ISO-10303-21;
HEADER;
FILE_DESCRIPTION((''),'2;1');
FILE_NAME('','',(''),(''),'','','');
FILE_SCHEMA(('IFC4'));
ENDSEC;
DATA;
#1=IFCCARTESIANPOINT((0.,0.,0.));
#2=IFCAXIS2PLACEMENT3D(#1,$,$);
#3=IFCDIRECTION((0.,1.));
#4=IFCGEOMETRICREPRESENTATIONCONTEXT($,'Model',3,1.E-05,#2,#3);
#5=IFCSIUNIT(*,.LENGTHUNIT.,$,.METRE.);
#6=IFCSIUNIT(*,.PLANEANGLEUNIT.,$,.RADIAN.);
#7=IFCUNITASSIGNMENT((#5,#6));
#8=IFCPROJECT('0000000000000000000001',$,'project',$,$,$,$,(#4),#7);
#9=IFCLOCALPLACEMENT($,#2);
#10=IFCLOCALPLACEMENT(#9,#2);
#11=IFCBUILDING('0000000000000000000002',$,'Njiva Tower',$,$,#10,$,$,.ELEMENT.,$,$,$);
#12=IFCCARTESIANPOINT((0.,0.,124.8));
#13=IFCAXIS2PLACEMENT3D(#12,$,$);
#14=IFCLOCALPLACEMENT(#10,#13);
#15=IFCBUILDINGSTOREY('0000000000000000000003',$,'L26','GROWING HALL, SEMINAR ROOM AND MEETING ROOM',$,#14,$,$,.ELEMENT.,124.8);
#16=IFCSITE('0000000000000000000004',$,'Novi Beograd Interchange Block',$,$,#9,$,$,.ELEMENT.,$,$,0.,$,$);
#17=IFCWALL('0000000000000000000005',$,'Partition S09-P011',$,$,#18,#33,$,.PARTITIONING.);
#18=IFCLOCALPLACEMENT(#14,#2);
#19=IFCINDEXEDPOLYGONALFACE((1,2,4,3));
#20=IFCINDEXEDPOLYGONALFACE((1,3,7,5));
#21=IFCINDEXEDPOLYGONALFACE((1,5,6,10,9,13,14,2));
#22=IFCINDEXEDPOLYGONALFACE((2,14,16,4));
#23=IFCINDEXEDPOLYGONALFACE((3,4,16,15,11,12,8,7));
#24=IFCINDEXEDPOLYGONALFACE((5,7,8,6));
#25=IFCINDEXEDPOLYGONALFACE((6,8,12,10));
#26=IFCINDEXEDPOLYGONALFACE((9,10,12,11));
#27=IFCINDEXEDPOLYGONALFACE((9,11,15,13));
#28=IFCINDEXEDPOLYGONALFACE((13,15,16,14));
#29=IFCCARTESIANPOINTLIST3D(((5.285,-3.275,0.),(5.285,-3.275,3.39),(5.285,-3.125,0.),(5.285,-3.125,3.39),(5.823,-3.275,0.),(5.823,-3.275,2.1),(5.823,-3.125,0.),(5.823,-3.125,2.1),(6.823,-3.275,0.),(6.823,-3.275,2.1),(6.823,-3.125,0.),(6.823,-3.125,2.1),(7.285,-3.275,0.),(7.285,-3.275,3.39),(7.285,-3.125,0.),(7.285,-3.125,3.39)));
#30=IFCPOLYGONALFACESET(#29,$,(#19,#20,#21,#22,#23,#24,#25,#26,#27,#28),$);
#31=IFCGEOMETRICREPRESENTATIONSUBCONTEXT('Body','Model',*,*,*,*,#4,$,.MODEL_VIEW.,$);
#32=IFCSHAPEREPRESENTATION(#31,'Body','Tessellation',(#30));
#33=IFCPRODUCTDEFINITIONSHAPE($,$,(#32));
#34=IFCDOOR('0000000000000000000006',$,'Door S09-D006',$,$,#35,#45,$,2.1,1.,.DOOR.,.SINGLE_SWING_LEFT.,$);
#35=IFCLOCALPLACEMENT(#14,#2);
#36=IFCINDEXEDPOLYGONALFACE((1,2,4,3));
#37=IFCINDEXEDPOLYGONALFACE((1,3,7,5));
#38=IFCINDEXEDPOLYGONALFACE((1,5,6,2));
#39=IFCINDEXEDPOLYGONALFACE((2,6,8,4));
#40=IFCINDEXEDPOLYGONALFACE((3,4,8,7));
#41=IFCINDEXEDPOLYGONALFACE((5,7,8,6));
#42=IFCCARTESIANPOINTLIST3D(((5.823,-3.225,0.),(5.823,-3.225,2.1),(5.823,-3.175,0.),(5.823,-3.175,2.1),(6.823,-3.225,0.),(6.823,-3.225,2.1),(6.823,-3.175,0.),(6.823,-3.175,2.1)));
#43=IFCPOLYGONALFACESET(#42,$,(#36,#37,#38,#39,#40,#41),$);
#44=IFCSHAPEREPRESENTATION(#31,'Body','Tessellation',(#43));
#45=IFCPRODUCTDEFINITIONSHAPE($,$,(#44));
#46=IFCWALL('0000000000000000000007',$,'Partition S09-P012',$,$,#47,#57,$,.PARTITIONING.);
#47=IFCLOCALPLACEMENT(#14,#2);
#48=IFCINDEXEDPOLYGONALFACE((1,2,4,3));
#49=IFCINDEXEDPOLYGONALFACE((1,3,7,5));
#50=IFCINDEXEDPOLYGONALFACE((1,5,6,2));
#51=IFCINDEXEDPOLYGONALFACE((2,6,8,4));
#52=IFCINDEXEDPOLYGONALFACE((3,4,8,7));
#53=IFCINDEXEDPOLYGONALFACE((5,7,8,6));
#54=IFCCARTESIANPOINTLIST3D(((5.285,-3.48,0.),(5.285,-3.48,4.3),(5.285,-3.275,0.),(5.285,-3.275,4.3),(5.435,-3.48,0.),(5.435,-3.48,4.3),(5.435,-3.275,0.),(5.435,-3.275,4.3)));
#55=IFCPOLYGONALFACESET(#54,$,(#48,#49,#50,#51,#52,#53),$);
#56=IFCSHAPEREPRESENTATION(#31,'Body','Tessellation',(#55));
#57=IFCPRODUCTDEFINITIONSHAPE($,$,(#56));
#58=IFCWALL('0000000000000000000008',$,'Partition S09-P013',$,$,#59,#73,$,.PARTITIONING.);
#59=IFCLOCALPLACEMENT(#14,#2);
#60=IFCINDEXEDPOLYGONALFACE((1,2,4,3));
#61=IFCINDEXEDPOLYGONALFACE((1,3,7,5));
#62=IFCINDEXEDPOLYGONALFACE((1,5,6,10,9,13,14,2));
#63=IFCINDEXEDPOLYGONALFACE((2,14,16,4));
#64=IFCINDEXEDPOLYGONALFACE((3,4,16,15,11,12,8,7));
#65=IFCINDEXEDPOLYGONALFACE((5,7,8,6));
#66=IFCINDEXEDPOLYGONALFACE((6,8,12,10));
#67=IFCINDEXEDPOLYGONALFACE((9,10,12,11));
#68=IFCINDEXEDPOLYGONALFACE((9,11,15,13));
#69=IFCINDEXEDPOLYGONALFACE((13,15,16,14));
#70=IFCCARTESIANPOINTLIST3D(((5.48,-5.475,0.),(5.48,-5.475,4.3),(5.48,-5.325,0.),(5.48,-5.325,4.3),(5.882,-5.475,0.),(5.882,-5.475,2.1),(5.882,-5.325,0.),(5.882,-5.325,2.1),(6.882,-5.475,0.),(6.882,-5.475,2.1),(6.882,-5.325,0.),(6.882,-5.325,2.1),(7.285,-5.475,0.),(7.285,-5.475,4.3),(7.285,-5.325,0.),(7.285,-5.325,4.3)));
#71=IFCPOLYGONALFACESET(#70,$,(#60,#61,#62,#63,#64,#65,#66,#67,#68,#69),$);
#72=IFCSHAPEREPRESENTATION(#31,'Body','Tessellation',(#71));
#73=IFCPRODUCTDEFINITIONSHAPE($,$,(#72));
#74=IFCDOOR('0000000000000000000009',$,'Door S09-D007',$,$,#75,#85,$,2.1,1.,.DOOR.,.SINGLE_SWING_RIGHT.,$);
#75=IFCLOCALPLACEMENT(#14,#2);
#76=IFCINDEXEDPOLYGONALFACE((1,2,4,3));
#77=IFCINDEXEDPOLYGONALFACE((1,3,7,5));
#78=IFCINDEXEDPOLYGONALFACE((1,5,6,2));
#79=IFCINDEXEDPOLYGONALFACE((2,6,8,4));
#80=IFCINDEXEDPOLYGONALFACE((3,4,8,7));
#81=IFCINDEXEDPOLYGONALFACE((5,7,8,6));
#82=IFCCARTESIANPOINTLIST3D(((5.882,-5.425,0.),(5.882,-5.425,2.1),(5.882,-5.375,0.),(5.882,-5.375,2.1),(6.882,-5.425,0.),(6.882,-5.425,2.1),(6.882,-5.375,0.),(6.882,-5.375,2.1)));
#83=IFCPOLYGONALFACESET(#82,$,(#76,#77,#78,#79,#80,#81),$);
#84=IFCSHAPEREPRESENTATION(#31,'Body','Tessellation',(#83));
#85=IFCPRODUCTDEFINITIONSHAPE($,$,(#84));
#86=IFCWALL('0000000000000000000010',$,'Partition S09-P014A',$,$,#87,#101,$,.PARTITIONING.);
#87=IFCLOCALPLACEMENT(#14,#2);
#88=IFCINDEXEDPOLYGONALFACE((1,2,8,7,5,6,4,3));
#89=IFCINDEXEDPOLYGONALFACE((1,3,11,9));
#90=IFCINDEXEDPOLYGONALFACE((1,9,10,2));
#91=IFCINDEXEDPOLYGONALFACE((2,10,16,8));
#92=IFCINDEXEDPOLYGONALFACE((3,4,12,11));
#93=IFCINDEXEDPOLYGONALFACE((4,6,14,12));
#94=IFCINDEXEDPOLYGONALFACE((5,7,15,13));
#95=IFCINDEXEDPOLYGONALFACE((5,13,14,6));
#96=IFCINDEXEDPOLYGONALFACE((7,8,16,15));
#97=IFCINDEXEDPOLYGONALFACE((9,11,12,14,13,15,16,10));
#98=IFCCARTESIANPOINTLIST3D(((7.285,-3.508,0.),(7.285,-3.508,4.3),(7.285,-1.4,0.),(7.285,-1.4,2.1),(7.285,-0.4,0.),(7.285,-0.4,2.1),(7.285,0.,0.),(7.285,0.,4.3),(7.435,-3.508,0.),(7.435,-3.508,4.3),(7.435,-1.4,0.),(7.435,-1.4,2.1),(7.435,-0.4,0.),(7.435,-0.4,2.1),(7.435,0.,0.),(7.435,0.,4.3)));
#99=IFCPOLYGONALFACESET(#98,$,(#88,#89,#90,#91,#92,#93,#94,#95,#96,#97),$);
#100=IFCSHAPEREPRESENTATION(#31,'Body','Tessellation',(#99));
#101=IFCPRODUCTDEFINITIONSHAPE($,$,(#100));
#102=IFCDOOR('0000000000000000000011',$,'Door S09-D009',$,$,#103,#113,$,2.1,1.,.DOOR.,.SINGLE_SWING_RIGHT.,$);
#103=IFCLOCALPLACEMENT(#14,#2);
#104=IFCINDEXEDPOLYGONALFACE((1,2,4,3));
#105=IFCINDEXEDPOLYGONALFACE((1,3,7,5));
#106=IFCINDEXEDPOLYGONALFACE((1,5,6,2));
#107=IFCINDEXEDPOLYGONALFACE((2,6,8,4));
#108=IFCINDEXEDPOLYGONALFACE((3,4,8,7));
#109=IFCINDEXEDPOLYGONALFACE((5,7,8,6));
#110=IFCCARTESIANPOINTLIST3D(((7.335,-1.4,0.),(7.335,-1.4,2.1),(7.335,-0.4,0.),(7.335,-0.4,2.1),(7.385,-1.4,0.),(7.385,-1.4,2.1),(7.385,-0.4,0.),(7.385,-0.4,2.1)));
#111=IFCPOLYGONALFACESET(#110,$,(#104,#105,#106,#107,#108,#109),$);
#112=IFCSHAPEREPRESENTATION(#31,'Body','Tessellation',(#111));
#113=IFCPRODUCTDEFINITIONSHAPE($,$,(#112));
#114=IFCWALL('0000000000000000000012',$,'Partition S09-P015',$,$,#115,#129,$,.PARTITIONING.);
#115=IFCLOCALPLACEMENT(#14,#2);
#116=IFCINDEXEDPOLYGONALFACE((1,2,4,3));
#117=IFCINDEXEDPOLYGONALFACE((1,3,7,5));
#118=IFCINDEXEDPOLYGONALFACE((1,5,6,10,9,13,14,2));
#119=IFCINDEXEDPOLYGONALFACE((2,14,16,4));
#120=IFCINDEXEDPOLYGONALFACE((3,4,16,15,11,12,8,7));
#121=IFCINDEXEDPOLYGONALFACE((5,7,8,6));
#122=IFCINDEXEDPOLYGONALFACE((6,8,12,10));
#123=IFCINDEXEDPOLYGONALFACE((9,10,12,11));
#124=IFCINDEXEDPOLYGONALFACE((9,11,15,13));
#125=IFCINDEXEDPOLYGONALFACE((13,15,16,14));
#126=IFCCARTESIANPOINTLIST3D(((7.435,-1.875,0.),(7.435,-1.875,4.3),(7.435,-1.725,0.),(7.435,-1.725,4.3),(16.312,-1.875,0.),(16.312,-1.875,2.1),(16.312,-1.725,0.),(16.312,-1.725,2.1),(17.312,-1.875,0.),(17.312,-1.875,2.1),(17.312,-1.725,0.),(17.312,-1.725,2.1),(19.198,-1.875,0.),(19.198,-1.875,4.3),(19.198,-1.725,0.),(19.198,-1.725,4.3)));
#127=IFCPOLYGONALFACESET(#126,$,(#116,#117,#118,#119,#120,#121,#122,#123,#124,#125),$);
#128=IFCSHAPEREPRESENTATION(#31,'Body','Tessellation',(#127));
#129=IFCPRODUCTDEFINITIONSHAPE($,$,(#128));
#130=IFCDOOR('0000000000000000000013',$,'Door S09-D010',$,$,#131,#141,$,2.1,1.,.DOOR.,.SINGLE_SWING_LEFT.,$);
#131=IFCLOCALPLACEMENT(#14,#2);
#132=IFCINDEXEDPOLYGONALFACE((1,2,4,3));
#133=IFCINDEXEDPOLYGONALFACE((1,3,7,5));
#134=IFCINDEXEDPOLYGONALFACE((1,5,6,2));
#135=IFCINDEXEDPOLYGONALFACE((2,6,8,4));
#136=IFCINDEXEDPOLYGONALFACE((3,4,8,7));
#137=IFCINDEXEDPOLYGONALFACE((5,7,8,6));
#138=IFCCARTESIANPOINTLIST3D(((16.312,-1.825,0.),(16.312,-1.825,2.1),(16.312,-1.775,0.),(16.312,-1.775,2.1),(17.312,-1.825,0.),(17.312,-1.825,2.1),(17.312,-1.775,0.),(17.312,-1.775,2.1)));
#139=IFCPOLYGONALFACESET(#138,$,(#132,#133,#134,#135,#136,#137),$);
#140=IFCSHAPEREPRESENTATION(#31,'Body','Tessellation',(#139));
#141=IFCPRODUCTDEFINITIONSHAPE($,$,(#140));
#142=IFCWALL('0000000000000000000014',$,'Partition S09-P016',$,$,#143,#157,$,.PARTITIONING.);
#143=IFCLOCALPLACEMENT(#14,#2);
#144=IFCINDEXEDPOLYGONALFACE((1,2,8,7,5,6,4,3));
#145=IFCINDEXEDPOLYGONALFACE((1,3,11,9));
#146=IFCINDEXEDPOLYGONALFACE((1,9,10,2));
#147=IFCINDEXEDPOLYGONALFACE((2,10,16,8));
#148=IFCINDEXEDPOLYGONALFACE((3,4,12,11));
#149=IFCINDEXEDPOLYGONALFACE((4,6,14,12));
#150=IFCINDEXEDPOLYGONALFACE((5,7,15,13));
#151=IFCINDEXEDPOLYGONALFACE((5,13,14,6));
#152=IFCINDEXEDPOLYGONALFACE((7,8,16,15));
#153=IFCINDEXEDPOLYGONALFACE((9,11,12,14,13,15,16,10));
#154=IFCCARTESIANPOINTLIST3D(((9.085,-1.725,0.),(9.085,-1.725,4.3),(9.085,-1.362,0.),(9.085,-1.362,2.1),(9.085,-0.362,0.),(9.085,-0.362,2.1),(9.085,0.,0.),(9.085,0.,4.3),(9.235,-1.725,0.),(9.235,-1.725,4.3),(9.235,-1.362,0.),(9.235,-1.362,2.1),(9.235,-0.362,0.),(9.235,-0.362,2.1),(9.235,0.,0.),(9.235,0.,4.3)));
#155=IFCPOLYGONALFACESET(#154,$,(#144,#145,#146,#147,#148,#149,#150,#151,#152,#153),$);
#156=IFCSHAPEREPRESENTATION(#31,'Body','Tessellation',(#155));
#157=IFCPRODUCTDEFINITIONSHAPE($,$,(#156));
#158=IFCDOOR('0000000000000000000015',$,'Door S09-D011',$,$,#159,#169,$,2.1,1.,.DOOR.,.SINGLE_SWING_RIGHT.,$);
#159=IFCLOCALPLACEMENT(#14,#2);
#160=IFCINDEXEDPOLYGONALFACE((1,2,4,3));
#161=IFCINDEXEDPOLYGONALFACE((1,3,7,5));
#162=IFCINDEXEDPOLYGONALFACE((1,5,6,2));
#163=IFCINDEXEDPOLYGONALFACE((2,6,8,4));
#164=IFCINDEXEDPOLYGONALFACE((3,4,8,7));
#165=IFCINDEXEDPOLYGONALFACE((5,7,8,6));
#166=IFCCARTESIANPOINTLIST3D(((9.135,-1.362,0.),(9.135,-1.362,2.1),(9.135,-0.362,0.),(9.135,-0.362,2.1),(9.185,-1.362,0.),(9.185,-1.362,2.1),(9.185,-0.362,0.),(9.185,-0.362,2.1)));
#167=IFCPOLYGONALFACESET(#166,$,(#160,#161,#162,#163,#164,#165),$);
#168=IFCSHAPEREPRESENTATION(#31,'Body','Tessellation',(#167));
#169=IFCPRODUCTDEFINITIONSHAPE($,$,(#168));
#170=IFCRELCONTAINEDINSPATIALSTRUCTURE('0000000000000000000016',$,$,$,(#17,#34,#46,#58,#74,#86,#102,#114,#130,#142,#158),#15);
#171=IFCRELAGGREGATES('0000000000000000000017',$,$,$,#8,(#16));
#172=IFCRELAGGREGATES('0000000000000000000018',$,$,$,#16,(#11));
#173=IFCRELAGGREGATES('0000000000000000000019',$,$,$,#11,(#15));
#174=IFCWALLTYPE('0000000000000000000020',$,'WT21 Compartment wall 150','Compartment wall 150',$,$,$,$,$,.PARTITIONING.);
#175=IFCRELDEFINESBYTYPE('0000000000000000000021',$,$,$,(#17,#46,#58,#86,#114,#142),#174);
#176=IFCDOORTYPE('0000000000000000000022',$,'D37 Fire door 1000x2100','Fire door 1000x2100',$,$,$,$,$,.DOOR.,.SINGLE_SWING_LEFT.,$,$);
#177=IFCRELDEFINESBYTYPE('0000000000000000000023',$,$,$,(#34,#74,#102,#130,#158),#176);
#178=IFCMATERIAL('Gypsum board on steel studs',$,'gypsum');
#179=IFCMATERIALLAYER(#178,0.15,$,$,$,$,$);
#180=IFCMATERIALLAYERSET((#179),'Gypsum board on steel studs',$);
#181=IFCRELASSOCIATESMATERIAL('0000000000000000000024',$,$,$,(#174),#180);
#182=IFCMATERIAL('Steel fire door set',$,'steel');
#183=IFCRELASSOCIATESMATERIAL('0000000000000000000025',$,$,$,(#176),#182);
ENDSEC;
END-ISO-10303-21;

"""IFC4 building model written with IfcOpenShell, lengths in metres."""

from ifc_helpers import new_model, si_unit, direction, frame, frame_2d, origin, place, context, subcontext, project, spatial, rectangle, extrude, material, layer, layer_set, type_object, element, fill, save


model = new_model("IFC4")

# Units and contexts
model_context = context("Model", 3, precision=1e-05, world=origin(), true_north=direction((0.0, 1.0)))
body_context = subcontext(model_context, "Body", "Model", "MODEL_VIEW")
ifc_project = project(units=[si_unit("LENGTHUNIT", "METRE"), si_unit("PLANEANGLEUNIT", "RADIAN")], contexts=[model_context])

# Site, building, storey
site_placement = place(None, origin())
site = spatial("IfcSite", under=ifc_project, at=site_placement, Name="Novi Beograd Interchange Block", CompositionType="ELEMENT", RefElevation=0.0)
building_placement = place(site_placement, origin())
building = spatial("IfcBuilding", under=site, at=building_placement, Name="Njiva Tower", CompositionType="ELEMENT")
storey_placement = place(building_placement, frame((0.0, 0.0, 124.8)))
storey = spatial("IfcBuildingStorey", under=building, at=storey_placement, Name="L26", Description="GROWING HALL, SEMINAR ROOM AND MEETING ROOM", CompositionType="ELEMENT", Elevation=124.8)

# Wall, opening, door
ifc_material_1 = material(Name="Gypsum board on steel studs", Category="gypsum")
ifc_layer_1 = layer(ifc_material_1, 0.15)
ifc_layer_set_1 = layer_set([ifc_layer_1], Name="Gypsum board on steel studs")
wall_type_1 = type_object("IfcWallType", Name="WT21 Compartment wall 150", Description="Compartment wall 150", PredefinedType="PARTITIONING", material=ifc_layer_set_1)
wall_1_placement = place(storey_placement, frame((5.285, -3.2, 0.0), z_axis=(0.0, 0.0, 1.0), x_axis=(1.0, 0.0, 0.0)))
wall_1 = element("IfcWall", 1, at=wall_1_placement, inside=storey, type_object=wall_type_1, Name="Partition S09-P011", PredefinedType="PARTITIONING", context=body_context, shape_type="SweptSolid", body=[
    extrude(rectangle(XDim=2.0, YDim=0.15, at=frame_2d((1.0, 0.0))), origin(), (0.0, 0.0, 1.0), 3.39),
])
opening_1_placement = place(wall_1_placement, frame((0.538, 0.0, 0.0)))
opening_1 = element("IfcOpeningElement", 2, at=opening_1_placement, cuts=wall_1, PredefinedType="OPENING", context=body_context, shape_type="SweptSolid", body=[
    extrude(rectangle(XDim=1.0, YDim=2.1, at=frame_2d((0.5, 1.05))), frame((0.0, 0.085, 0.0), z_axis=(0.0, -1.0, 0.0), x_axis=(1.0, 0.0, 0.0)), (0.0, 0.0, 1.0), 0.17),
])
ifc_material_2 = material(Name="Steel fire door set", Category="steel")
door_type = type_object("IfcDoorType", Name="D37 Fire door 1000x2100", Description="Fire door 1000x2100", OperationType="SINGLE_SWING_LEFT", PredefinedType="DOOR", material=ifc_material_2)
door_1_placement = place(opening_1_placement, origin())
door_1 = element("IfcDoor", 3, at=door_1_placement, inside=storey, type_object=door_type, Name="Door S09-D006", OperationType="SINGLE_SWING_LEFT", OverallHeight=2.1, OverallWidth=1.0, PredefinedType="DOOR", context=body_context, shape_type="SweptSolid", body=[
    extrude(rectangle(XDim=1.0, YDim=2.1, at=frame_2d((0.5, 1.05))), frame((0.0, 0.025, 0.0), z_axis=(0.0, -1.0, 0.0), x_axis=(1.0, 0.0, 0.0)), (0.0, 0.0, 1.0), 0.05),
])
fill(opening_1, door_1)

# Wall
wall_2_placement = place(storey_placement, frame((5.36, -3.48, 0.0), z_axis=(0.0, 0.0, 1.0), x_axis=(0.0, 1.0, 0.0)))
element("IfcWall", 4, at=wall_2_placement, inside=storey, type_object=wall_type_1, Name="Partition S09-P012", PredefinedType="PARTITIONING", context=body_context, shape_type="SweptSolid", body=[
    extrude(rectangle(XDim=0.205, YDim=0.15, at=frame_2d((0.1025, 0.0))), origin(), (0.0, 0.0, 1.0), 4.3),
])

# Walls, openings, doors
wall_3_placement = place(storey_placement, frame((5.48, -5.4, 0.0), z_axis=(0.0, 0.0, 1.0), x_axis=(1.0, 0.0, 0.0)))
wall_3 = element("IfcWall", 5, at=wall_3_placement, inside=storey, type_object=wall_type_1, Name="Partition S09-P013", PredefinedType="PARTITIONING", context=body_context, shape_type="SweptSolid", body=[
    extrude(rectangle(XDim=1.805, YDim=0.15, at=frame_2d((0.9025, 0.0))), origin(), (0.0, 0.0, 1.0), 4.3),
])
opening_2_placement = place(wall_3_placement, frame((0.402, 0.0, 0.0)))
opening_2 = element("IfcOpeningElement", 6, at=opening_2_placement, cuts=wall_3, PredefinedType="OPENING", context=body_context, shape_type="SweptSolid", body=[
    extrude(rectangle(XDim=1.0, YDim=2.1, at=frame_2d((0.5, 1.05))), frame((0.0, 0.085, 0.0), z_axis=(0.0, -1.0, 0.0), x_axis=(1.0, 0.0, 0.0)), (0.0, 0.0, 1.0), 0.17),
])
door_2_placement = place(opening_2_placement, origin())
door_2 = element("IfcDoor", 7, at=door_2_placement, inside=storey, type_object=door_type, Name="Door S09-D007", OperationType="SINGLE_SWING_RIGHT", OverallHeight=2.1, OverallWidth=1.0, PredefinedType="DOOR", context=body_context, shape_type="SweptSolid", body=[
    extrude(rectangle(XDim=1.0, YDim=2.1, at=frame_2d((0.5, 1.05))), frame((0.0, 0.025, 0.0), z_axis=(0.0, -1.0, 0.0), x_axis=(1.0, 0.0, 0.0)), (0.0, 0.0, 1.0), 0.05),
])
fill(opening_2, door_2)
wall_4_placement = place(storey_placement, frame((7.36, -3.508, 0.0), z_axis=(0.0, 0.0, 1.0), x_axis=(0.0, 1.0, 0.0)))
wall_4 = element("IfcWall", 8, at=wall_4_placement, inside=storey, type_object=wall_type_1, Name="Partition S09-P014A", PredefinedType="PARTITIONING", context=body_context, shape_type="SweptSolid", body=[
    extrude(rectangle(XDim=3.508, YDim=0.15, at=frame_2d((1.754, 0.0))), origin(), (0.0, 0.0, 1.0), 4.3),
])
opening_3_placement = place(wall_4_placement, frame((2.108, 0.0, 0.0)))
opening_3 = element("IfcOpeningElement", 9, at=opening_3_placement, cuts=wall_4, PredefinedType="OPENING", context=body_context, shape_type="SweptSolid", body=[
    extrude(rectangle(XDim=1.0, YDim=2.1, at=frame_2d((0.5, 1.05))), frame((0.0, 0.085, 0.0), z_axis=(0.0, -1.0, 0.0), x_axis=(1.0, 0.0, 0.0)), (0.0, 0.0, 1.0), 0.17),
])
door_3_placement = place(opening_3_placement, origin())
door_3 = element("IfcDoor", 10, at=door_3_placement, inside=storey, type_object=door_type, Name="Door S09-D009", OperationType="SINGLE_SWING_RIGHT", OverallHeight=2.1, OverallWidth=1.0, PredefinedType="DOOR", context=body_context, shape_type="SweptSolid", body=[
    extrude(rectangle(XDim=1.0, YDim=2.1, at=frame_2d((0.5, 1.05))), frame((0.0, 0.025, 0.0), z_axis=(0.0, -1.0, 0.0), x_axis=(1.0, 0.0, 0.0)), (0.0, 0.0, 1.0), 0.05),
])
fill(opening_3, door_3)
wall_5_placement = place(storey_placement, frame((7.435, -1.8, 0.0), z_axis=(0.0, 0.0, 1.0), x_axis=(1.0, 0.0, 0.0)))
wall_5 = element("IfcWall", 11, at=wall_5_placement, inside=storey, type_object=wall_type_1, Name="Partition S09-P015", PredefinedType="PARTITIONING", context=body_context, shape_type="SweptSolid", body=[
    extrude(rectangle(XDim=11.763, YDim=0.15, at=frame_2d((5.8815, 0.0))), origin(), (0.0, 0.0, 1.0), 4.3),
])
opening_4_placement = place(wall_5_placement, frame((8.877, 0.0, 0.0)))
opening_4 = element("IfcOpeningElement", 12, at=opening_4_placement, cuts=wall_5, PredefinedType="OPENING", context=body_context, shape_type="SweptSolid", body=[
    extrude(rectangle(XDim=1.0, YDim=2.1, at=frame_2d((0.5, 1.05))), frame((0.0, 0.085, 0.0), z_axis=(0.0, -1.0, 0.0), x_axis=(1.0, 0.0, 0.0)), (0.0, 0.0, 1.0), 0.17),
])
door_4_placement = place(opening_4_placement, origin())
door_4 = element("IfcDoor", 13, at=door_4_placement, inside=storey, type_object=door_type, Name="Door S09-D010", OperationType="SINGLE_SWING_LEFT", OverallHeight=2.1, OverallWidth=1.0, PredefinedType="DOOR", context=body_context, shape_type="SweptSolid", body=[
    extrude(rectangle(XDim=1.0, YDim=2.1, at=frame_2d((0.5, 1.05))), frame((0.0, 0.025, 0.0), z_axis=(0.0, -1.0, 0.0), x_axis=(1.0, 0.0, 0.0)), (0.0, 0.0, 1.0), 0.05),
])
fill(opening_4, door_4)
wall_6_placement = place(storey_placement, frame((9.16, -1.725, 0.0), z_axis=(0.0, 0.0, 1.0), x_axis=(0.0, 1.0, 0.0)))
wall_6 = element("IfcWall", 14, at=wall_6_placement, inside=storey, type_object=wall_type_1, Name="Partition S09-P016", PredefinedType="PARTITIONING", context=body_context, shape_type="SweptSolid", body=[
    extrude(rectangle(XDim=1.725, YDim=0.15, at=frame_2d((0.8625, 0.0))), origin(), (0.0, 0.0, 1.0), 4.3),
])
opening_5_placement = place(wall_6_placement, frame((0.363, 0.0, 0.0)))
opening_5 = element("IfcOpeningElement", 15, at=opening_5_placement, cuts=wall_6, PredefinedType="OPENING", context=body_context, shape_type="SweptSolid", body=[
    extrude(rectangle(XDim=1.0, YDim=2.1, at=frame_2d((0.5, 1.05))), frame((0.0, 0.085, 0.0), z_axis=(0.0, -1.0, 0.0), x_axis=(1.0, 0.0, 0.0)), (0.0, 0.0, 1.0), 0.17),
])
door_5_placement = place(opening_5_placement, origin())
door_5 = element("IfcDoor", 16, at=door_5_placement, inside=storey, type_object=door_type, Name="Door S09-D011", OperationType="SINGLE_SWING_RIGHT", OverallHeight=2.1, OverallWidth=1.0, PredefinedType="DOOR", context=body_context, shape_type="SweptSolid", body=[
    extrude(rectangle(XDim=1.0, YDim=2.1, at=frame_2d((0.5, 1.05))), frame((0.0, 0.025, 0.0), z_axis=(0.0, -1.0, 0.0), x_axis=(1.0, 0.0, 0.0)), (0.0, 0.0, 1.0), 0.05),
])
fill(opening_5, door_5)

save(model, "model.ifc")
